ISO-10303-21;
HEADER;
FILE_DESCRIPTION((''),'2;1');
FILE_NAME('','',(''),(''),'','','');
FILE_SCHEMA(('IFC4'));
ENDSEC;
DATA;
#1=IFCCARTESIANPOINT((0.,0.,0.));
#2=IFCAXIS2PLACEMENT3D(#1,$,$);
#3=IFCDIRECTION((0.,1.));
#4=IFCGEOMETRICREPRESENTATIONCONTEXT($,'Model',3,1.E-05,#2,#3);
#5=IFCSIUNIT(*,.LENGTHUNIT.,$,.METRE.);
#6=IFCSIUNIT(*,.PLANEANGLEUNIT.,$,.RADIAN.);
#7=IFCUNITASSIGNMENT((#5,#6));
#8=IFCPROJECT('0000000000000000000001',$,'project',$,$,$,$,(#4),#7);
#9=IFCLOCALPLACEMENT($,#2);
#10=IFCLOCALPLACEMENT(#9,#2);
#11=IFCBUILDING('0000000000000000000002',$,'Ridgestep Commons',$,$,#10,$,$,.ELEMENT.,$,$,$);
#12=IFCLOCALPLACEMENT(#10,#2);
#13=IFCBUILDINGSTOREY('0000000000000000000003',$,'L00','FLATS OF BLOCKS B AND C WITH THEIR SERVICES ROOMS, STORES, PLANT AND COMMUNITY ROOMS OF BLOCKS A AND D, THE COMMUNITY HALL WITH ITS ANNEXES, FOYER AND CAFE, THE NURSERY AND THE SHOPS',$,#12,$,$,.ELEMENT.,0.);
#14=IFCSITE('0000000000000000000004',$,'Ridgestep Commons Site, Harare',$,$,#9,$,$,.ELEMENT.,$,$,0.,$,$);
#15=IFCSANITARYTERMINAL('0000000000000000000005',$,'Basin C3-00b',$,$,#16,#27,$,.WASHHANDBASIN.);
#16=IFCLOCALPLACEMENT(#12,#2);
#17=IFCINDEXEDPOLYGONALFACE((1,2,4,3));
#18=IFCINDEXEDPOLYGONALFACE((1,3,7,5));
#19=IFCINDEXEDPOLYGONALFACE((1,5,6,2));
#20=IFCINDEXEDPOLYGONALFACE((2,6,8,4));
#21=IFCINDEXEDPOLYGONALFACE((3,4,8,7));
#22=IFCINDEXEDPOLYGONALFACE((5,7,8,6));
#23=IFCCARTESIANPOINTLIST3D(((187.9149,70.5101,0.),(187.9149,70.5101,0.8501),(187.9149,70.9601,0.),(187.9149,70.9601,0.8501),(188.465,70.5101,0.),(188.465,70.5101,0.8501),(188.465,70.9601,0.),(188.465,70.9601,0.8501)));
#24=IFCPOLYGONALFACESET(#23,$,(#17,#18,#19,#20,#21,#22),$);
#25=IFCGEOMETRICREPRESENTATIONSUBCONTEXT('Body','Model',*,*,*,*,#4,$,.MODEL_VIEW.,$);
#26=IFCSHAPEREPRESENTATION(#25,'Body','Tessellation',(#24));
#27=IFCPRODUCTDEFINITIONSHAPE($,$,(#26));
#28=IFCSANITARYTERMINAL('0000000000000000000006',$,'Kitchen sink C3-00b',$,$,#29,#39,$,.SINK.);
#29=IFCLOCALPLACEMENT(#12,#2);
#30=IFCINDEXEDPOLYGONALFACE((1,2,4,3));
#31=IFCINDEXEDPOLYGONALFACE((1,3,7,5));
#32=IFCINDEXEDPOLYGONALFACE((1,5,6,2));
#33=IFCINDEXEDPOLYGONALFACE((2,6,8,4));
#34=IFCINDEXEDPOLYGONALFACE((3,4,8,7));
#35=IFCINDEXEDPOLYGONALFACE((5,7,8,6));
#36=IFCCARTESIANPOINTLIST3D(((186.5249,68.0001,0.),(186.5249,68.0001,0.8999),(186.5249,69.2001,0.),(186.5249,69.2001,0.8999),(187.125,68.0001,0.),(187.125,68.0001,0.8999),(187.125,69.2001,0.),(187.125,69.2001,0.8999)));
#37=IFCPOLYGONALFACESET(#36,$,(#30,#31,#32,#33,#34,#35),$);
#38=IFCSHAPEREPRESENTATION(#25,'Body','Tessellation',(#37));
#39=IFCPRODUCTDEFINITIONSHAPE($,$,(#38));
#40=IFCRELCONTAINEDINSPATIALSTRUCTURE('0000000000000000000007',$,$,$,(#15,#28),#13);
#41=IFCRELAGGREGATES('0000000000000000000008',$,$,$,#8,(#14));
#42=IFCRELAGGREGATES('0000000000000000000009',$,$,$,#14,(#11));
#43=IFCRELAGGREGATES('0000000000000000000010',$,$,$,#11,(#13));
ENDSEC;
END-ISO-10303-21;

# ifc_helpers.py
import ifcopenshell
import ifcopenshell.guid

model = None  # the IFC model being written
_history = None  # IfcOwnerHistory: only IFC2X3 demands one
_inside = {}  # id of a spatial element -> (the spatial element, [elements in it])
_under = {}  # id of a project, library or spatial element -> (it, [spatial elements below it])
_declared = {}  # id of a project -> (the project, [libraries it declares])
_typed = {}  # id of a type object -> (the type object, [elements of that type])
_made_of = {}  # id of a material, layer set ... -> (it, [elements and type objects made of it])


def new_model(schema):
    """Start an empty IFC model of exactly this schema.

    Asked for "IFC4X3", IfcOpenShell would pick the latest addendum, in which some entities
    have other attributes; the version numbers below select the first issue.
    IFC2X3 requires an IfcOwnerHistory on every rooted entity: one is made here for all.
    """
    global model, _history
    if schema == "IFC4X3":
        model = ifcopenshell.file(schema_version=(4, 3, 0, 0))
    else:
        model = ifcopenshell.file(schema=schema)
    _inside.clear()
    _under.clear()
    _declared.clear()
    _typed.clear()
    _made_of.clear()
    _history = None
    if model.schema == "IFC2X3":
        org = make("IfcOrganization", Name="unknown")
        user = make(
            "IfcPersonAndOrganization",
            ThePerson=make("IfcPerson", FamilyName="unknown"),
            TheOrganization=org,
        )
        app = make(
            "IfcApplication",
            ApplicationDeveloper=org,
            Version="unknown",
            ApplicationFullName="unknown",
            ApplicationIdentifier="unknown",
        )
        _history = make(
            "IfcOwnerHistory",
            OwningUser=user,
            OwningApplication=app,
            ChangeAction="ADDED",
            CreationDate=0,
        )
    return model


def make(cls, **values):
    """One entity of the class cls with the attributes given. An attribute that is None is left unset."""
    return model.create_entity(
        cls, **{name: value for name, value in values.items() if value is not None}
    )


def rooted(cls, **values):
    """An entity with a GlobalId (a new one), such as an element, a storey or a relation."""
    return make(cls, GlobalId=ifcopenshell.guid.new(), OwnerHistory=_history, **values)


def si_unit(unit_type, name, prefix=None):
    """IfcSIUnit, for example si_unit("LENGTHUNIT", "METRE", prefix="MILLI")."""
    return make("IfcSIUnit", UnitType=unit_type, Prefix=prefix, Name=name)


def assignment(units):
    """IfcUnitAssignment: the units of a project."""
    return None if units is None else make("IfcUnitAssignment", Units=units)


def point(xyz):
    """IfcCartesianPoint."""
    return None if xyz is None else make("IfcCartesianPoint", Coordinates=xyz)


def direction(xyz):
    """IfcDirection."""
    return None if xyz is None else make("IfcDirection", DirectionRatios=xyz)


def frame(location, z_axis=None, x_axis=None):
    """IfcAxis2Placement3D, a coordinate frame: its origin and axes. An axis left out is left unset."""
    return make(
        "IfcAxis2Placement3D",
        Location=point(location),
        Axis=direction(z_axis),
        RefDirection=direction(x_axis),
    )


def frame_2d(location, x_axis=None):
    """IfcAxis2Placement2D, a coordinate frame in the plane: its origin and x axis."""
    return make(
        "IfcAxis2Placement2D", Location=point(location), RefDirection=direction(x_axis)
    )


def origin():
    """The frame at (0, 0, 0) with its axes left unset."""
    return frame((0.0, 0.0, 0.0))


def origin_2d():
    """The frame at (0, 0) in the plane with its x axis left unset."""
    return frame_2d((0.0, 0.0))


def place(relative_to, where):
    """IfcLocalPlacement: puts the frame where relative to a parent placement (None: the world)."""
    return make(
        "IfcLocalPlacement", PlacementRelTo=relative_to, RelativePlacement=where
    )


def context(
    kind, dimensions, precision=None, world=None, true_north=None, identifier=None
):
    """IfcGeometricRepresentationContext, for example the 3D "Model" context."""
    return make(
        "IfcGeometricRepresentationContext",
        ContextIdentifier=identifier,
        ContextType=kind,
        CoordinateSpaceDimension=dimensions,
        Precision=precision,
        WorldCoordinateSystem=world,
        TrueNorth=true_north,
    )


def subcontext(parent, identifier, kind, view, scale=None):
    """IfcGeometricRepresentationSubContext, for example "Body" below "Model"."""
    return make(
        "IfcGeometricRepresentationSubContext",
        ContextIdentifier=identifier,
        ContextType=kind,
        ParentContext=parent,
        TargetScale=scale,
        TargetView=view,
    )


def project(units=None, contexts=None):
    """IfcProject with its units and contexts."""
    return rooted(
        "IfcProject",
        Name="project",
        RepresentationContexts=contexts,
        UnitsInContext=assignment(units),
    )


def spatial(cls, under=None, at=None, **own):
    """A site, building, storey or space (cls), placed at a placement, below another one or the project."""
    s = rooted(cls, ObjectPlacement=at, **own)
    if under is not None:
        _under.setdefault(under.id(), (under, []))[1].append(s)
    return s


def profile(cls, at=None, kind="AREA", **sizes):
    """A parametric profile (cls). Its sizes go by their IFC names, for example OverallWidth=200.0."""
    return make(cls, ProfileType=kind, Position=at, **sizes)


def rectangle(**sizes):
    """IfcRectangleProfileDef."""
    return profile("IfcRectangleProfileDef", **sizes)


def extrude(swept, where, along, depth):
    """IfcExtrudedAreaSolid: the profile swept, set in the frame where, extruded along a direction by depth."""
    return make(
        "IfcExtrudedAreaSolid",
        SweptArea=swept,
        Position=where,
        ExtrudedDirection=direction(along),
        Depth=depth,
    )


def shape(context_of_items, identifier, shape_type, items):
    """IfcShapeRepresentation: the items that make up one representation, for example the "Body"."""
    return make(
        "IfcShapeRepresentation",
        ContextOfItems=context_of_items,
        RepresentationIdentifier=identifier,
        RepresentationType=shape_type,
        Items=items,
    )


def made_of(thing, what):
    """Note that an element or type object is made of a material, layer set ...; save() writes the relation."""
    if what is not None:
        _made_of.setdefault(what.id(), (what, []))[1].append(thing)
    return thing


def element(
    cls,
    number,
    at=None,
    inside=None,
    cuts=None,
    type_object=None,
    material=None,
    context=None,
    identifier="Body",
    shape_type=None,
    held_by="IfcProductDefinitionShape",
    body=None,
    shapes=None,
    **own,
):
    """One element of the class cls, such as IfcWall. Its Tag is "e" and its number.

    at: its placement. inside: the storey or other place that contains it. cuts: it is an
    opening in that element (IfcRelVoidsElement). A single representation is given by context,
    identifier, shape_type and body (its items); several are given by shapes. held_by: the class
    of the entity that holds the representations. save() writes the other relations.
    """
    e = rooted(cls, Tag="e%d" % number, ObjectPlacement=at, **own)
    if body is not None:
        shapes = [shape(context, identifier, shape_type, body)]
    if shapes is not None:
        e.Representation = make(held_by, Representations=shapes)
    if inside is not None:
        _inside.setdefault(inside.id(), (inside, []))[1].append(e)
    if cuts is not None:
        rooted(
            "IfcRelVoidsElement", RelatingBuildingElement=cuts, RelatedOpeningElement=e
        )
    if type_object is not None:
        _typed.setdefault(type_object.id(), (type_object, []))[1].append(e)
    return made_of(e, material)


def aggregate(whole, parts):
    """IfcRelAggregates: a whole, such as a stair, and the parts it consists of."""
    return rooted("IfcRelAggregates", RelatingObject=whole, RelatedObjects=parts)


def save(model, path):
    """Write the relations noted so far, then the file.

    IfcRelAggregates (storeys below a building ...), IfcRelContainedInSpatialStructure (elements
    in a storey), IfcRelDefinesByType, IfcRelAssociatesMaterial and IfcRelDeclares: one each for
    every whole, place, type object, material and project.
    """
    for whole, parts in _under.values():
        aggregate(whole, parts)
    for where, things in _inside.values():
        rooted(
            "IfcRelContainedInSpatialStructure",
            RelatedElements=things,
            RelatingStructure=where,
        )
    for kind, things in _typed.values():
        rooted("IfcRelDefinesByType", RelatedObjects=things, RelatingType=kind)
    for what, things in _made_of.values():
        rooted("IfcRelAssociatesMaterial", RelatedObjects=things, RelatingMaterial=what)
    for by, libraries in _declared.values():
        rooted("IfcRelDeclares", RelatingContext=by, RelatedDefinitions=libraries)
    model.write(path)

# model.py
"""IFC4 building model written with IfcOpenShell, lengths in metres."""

from ifc_helpers import new_model, si_unit, direction, frame, origin, origin_2d, place, context, subcontext, project, spatial, rectangle, extrude, element, save


model = new_model("IFC4")

# Units and contexts
model_context = context("Model", 3, precision=1e-05, world=origin(), true_north=direction((0.0, 1.0)))
body_context = subcontext(model_context, "Body", "Model", "MODEL_VIEW")
ifc_project = project(units=[si_unit("LENGTHUNIT", "METRE"), si_unit("PLANEANGLEUNIT", "RADIAN")], contexts=[model_context])

# Site, building, storey
site_placement = place(None, origin())
site = spatial("IfcSite", under=ifc_project, at=site_placement, Name="Ridgestep Commons Site, Harare", CompositionType="ELEMENT", RefElevation=0.0)
building_placement = place(site_placement, origin())
building = spatial("IfcBuilding", under=site, at=building_placement, Name="Ridgestep Commons", CompositionType="ELEMENT")
storey_placement = place(building_placement, origin())
storey = spatial("IfcBuildingStorey", under=building, at=storey_placement, Name="L00", Description="FLATS OF BLOCKS B AND C WITH THEIR SERVICES ROOMS, STORES, PLANT AND COMMUNITY ROOMS OF BLOCKS A AND D, THE COMMUNITY HALL WITH ITS ANNEXES, FOYER AND CAFE, THE NURSERY AND THE SHOPS", CompositionType="ELEMENT", Elevation=0.0)

# Sanitary terminals
sanitary_terminal_1_placement = place(storey_placement, frame((188.1899, 70.7351, 0.0), z_axis=(0.0, 0.0, 1.0), x_axis=(1.0, 0.0, 0.0)))
element("IfcSanitaryTerminal", 1, at=sanitary_terminal_1_placement, inside=storey, Name="Basin C3-00b", PredefinedType="WASHHANDBASIN", context=body_context, shape_type="SweptSolid", body=[
    extrude(rectangle(XDim=0.55, YDim=0.45, at=origin_2d()), origin(), (0.0, 0.0, 1.0), 0.8501),
])
sanitary_terminal_2_placement = place(storey_placement, frame((186.825, 68.6001, 0.0), z_axis=(0.0, 0.0, 1.0), x_axis=(1.0, 0.0, 0.0)))
element("IfcSanitaryTerminal", 2, at=sanitary_terminal_2_placement, inside=storey, Name="Kitchen sink C3-00b", PredefinedType="SINK", context=body_context, shape_type="SweptSolid", body=[
    extrude(rectangle(XDim=0.6001, YDim=1.2, at=origin_2d()), origin(), (0.0, 0.0, 1.0), 0.8999),
])

save(model, "model.ifc")
